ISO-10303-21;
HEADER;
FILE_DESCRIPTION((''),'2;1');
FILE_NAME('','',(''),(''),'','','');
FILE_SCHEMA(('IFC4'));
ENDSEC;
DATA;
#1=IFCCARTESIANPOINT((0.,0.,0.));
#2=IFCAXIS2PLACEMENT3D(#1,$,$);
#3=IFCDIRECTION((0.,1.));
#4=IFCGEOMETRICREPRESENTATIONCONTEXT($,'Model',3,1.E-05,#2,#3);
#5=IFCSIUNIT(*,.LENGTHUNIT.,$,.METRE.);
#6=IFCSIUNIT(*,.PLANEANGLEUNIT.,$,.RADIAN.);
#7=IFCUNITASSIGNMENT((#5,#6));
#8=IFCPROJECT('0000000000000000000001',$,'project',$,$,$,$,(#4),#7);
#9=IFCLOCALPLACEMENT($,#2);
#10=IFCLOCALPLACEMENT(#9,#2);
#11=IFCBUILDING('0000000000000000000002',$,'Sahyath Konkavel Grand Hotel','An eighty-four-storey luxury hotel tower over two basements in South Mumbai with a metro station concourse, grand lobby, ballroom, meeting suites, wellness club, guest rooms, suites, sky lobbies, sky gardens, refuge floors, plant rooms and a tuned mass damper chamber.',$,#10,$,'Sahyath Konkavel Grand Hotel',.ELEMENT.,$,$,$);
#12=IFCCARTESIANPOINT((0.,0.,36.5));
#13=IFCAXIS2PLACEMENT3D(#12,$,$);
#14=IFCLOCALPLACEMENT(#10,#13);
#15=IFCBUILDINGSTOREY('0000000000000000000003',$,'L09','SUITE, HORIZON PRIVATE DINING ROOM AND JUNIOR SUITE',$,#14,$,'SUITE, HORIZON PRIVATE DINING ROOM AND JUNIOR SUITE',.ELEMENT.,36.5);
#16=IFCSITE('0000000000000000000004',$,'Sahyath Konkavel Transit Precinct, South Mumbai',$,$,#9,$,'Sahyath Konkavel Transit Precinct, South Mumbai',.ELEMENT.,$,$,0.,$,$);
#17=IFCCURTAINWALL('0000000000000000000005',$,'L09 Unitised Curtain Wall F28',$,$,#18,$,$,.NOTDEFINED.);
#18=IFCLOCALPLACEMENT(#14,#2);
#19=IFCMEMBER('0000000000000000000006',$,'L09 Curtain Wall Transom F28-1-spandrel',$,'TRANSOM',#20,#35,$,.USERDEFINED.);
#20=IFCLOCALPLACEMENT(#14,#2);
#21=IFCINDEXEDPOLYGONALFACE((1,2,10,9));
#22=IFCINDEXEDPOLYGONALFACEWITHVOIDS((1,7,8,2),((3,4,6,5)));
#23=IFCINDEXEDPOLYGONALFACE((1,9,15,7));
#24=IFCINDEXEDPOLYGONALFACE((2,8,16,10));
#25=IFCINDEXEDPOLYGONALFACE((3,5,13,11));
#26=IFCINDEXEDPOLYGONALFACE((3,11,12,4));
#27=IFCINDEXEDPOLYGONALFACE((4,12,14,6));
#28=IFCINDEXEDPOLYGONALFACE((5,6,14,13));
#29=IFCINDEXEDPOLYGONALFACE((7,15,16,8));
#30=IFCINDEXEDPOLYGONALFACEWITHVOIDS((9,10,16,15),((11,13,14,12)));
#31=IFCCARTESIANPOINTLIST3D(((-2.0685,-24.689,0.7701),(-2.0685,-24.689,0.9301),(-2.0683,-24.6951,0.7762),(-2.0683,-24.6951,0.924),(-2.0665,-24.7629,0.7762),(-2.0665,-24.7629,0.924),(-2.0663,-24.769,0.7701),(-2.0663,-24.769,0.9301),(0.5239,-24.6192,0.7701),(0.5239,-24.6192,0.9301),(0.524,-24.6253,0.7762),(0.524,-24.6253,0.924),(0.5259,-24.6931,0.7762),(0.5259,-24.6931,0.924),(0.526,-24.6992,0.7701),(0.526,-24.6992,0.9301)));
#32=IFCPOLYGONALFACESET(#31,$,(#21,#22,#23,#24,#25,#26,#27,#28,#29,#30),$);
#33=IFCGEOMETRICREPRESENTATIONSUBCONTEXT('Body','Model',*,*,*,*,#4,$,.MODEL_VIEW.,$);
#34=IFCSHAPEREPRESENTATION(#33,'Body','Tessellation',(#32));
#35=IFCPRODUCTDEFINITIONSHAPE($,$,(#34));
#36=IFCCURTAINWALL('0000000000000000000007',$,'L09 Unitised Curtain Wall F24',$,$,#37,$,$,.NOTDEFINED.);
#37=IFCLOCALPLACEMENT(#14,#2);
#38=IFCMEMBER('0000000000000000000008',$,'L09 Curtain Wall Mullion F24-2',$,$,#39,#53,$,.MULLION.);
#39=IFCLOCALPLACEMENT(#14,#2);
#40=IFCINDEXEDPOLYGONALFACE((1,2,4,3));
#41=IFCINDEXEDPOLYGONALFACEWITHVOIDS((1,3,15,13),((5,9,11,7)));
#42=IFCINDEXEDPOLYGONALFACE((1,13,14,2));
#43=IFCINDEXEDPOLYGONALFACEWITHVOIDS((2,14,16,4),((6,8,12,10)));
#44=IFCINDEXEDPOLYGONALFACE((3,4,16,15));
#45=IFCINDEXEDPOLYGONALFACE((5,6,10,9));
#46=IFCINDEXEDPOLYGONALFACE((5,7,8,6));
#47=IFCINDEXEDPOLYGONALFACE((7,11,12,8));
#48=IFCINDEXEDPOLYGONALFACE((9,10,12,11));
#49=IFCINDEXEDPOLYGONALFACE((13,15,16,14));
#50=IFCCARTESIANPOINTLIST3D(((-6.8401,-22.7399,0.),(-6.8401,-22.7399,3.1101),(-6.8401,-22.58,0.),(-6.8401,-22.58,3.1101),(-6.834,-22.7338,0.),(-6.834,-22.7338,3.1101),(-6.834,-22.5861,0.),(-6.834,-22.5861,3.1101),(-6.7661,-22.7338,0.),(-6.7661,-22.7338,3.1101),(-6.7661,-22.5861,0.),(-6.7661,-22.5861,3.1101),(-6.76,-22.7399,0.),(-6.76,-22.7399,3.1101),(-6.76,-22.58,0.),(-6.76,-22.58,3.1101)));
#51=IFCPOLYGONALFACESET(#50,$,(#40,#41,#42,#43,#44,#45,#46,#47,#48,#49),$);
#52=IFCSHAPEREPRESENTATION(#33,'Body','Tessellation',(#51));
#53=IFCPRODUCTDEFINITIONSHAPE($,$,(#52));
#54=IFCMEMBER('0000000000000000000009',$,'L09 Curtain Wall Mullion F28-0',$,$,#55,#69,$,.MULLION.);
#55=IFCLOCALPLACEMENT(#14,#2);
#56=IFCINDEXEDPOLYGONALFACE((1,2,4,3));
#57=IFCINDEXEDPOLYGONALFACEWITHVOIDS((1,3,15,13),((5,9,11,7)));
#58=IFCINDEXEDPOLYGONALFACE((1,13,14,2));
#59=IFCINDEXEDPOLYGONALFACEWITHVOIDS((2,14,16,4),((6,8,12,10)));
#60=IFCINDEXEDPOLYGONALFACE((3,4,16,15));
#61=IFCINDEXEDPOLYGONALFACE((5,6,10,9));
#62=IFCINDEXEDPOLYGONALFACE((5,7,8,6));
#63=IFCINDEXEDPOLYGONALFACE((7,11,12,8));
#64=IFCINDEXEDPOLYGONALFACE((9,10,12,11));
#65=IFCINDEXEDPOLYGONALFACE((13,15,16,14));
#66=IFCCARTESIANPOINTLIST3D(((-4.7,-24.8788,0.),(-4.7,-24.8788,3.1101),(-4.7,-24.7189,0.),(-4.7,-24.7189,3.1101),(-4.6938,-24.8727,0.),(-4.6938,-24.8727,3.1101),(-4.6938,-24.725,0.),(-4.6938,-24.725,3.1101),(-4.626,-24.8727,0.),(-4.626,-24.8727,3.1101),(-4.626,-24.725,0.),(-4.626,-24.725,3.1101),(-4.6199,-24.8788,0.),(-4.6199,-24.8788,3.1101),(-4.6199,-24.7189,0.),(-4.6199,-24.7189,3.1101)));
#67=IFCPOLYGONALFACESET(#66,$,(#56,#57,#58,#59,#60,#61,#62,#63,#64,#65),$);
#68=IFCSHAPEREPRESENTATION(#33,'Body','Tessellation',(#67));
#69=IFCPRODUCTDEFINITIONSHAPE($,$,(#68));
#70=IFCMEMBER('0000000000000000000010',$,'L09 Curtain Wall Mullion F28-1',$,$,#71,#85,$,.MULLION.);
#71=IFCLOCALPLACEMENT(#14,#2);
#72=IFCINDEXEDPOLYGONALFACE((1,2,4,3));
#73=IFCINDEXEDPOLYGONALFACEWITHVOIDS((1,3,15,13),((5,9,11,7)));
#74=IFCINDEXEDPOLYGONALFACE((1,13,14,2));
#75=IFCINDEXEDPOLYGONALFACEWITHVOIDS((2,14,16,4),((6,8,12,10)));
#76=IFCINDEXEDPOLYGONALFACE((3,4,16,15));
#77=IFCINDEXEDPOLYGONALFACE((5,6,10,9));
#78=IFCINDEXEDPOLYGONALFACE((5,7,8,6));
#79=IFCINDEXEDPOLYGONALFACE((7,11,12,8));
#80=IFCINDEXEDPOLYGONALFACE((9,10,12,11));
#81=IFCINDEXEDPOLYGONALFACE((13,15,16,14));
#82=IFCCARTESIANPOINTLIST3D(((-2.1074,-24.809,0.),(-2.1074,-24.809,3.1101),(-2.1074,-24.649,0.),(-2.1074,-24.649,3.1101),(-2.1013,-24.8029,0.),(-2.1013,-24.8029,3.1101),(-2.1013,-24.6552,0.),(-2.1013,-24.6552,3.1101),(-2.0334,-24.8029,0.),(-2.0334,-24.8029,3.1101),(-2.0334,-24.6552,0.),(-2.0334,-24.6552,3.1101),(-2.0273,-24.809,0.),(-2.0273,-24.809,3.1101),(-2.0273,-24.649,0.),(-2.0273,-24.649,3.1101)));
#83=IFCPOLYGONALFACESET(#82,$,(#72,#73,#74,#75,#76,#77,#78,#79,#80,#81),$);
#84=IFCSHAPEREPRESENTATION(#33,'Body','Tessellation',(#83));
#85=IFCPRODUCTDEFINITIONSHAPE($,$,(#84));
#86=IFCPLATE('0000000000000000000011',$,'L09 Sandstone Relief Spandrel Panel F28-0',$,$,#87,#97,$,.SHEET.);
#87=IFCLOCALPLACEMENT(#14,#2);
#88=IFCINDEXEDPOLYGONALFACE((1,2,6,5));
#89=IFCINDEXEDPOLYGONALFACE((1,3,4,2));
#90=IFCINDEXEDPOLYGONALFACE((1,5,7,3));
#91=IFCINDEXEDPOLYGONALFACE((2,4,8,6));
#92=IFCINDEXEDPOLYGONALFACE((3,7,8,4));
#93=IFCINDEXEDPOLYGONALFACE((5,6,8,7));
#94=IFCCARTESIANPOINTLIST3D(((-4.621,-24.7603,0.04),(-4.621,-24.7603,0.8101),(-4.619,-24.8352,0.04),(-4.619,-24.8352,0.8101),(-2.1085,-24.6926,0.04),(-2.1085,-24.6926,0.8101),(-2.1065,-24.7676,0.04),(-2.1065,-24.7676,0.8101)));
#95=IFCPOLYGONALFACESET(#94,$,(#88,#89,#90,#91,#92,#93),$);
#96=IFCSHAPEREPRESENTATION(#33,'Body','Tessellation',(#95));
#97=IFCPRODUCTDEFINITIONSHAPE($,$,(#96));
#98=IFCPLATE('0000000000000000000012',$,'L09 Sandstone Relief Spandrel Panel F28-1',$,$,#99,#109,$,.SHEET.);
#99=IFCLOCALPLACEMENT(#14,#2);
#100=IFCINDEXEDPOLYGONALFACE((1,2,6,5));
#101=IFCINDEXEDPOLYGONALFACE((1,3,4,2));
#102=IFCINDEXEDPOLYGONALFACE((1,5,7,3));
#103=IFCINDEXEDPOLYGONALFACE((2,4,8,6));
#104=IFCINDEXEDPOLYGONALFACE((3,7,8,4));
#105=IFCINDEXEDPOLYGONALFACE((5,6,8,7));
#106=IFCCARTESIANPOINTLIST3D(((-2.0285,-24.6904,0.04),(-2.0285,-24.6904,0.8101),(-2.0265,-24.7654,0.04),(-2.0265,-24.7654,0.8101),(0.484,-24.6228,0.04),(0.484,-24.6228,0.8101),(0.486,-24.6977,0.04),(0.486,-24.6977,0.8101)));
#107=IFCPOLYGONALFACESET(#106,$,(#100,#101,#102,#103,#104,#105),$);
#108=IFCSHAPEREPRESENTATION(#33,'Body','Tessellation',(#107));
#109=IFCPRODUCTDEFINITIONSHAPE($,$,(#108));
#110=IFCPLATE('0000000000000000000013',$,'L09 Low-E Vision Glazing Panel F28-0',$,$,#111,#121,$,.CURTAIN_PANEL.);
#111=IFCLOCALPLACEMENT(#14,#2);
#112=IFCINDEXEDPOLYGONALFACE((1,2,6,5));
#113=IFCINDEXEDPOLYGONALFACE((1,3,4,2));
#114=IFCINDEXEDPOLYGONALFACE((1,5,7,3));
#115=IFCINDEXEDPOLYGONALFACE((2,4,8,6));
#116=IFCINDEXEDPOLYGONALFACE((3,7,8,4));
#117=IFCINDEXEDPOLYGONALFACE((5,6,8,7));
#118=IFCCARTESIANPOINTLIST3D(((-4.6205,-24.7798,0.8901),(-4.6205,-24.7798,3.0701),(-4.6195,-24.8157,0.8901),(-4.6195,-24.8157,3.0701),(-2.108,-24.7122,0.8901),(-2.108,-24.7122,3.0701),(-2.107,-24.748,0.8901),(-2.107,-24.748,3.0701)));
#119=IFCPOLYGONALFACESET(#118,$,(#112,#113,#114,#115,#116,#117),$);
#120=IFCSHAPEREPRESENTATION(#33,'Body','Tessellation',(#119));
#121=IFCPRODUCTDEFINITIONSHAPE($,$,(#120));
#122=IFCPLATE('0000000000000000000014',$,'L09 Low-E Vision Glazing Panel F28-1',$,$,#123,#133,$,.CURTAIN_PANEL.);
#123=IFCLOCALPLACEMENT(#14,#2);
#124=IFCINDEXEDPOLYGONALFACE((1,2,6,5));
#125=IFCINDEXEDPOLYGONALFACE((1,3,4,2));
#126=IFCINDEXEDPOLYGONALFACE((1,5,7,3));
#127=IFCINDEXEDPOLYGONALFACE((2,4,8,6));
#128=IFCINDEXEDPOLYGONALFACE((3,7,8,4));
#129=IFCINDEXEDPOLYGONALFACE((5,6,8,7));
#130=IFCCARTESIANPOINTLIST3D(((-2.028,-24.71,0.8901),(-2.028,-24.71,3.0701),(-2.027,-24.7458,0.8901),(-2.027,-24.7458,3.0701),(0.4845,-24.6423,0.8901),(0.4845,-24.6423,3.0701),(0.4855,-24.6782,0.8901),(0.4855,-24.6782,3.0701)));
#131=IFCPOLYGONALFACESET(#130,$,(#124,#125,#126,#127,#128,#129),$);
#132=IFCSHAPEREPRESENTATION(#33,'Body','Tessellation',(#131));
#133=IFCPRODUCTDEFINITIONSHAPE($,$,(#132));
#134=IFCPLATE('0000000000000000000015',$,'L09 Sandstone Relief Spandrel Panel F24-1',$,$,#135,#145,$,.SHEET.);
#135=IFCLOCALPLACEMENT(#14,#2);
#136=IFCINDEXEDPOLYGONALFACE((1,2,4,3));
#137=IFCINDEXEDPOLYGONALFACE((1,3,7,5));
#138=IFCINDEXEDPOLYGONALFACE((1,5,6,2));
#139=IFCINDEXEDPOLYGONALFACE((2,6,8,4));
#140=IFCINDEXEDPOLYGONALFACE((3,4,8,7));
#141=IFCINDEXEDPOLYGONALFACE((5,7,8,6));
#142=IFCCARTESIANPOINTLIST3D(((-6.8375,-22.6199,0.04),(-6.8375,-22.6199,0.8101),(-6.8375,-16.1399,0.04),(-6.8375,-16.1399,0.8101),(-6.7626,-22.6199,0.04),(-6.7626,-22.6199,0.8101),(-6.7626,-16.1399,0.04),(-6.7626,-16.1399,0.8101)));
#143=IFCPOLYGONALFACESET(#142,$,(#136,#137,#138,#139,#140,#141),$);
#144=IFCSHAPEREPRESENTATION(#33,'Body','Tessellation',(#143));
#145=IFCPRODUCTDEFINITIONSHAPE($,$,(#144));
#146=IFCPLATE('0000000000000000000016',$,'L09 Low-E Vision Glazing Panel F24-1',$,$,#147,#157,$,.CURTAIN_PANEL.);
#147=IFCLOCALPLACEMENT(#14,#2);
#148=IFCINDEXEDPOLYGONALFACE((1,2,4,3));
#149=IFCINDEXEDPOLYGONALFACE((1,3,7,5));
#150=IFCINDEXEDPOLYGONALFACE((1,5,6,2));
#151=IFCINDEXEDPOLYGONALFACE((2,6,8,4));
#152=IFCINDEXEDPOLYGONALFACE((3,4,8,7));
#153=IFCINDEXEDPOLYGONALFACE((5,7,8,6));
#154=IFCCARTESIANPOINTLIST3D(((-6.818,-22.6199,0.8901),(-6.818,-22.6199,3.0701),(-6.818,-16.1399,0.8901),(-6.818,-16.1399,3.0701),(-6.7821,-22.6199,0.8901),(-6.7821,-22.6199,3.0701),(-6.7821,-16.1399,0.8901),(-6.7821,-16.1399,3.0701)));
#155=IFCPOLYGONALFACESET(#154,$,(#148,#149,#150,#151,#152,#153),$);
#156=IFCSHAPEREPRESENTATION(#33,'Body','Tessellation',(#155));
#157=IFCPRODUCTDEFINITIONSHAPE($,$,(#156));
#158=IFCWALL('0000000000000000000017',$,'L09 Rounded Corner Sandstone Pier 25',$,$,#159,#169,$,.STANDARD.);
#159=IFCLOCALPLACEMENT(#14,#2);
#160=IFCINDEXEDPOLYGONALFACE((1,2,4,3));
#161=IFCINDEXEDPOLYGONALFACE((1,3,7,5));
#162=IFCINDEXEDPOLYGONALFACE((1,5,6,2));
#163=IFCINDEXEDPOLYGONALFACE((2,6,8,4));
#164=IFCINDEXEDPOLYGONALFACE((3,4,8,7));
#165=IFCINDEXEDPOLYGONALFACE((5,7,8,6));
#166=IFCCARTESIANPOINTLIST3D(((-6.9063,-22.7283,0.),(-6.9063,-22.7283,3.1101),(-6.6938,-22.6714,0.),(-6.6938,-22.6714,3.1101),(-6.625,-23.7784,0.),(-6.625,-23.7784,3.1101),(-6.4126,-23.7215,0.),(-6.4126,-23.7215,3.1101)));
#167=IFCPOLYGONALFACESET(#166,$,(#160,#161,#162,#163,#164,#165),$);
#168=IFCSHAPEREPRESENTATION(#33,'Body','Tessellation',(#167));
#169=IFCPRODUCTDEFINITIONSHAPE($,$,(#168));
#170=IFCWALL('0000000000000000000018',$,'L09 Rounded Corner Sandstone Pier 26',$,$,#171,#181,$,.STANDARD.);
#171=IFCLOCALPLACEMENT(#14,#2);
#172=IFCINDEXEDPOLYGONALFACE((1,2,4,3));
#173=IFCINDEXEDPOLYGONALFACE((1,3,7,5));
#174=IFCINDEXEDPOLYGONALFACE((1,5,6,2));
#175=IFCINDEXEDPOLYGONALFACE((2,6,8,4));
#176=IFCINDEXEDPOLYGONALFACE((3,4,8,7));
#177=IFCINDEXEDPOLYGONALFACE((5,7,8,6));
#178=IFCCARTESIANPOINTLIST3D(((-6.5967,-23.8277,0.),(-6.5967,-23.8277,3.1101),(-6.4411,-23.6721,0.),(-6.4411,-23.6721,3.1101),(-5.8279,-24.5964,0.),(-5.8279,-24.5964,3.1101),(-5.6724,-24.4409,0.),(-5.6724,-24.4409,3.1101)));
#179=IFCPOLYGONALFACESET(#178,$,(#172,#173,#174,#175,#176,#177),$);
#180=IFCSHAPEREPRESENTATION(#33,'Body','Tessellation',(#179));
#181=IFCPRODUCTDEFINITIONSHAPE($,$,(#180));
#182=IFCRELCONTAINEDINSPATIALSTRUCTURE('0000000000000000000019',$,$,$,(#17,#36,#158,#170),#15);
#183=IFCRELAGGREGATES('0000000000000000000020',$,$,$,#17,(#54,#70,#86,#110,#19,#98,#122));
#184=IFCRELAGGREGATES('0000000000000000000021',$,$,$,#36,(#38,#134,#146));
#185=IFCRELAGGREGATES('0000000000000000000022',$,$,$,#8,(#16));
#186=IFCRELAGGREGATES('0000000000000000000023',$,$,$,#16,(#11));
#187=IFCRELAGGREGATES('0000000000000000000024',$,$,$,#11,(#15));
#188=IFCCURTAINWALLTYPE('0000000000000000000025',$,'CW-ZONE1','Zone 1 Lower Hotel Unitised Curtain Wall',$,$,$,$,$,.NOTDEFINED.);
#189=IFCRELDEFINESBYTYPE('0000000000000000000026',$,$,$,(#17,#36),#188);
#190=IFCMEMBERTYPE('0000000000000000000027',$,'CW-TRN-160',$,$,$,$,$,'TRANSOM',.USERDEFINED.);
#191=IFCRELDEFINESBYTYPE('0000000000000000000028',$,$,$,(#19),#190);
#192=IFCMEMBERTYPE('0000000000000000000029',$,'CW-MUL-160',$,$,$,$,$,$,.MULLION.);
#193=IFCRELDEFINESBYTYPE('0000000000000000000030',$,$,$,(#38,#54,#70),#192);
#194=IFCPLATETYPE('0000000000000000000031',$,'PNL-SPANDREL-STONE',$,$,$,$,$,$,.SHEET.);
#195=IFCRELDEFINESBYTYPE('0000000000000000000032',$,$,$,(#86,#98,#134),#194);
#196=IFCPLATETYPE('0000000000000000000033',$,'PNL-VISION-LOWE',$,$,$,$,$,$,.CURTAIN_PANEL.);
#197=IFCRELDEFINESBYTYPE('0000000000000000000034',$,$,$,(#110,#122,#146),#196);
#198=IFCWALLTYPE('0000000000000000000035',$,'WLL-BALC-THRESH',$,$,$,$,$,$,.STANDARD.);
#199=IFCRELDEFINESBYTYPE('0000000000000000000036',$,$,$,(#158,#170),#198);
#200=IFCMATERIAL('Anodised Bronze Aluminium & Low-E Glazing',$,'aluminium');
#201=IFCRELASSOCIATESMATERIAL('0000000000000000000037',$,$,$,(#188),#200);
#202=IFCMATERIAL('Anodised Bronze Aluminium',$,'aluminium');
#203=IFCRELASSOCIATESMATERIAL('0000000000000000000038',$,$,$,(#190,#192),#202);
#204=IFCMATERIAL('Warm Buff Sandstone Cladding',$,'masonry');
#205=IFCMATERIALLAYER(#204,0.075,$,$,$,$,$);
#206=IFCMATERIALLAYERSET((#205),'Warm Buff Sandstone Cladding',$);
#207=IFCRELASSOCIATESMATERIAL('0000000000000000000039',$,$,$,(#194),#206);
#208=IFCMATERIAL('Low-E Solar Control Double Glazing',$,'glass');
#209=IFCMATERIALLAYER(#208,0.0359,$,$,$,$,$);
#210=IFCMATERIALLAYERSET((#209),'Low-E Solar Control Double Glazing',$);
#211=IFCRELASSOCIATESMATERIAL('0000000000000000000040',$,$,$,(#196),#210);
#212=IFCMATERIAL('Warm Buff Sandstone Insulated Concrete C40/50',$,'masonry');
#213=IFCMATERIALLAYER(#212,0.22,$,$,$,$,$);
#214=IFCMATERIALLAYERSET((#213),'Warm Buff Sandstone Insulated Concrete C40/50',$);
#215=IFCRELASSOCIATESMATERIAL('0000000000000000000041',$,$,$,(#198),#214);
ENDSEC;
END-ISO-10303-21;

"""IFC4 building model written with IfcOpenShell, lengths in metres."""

from ifc_helpers import new_model, si_unit, direction, frame, frame_2d, origin, origin_2d, place, context, subcontext, project, spatial, rectangle, hollow_rectangle, extrude, source, transform, mapped, material, layer, layer_set, material_profile, profile_set, type_object, element, aggregate, save


model = new_model("IFC4")

# Units and contexts
model_context = context("Model", 3, precision=1e-05, world=origin(), true_north=direction((0.0, 1.0)))
body_context = subcontext(model_context, "Body", "Model", "MODEL_VIEW")
ifc_project = project(units=[si_unit("LENGTHUNIT", "METRE"), si_unit("PLANEANGLEUNIT", "RADIAN")], contexts=[model_context])

# Site, building, storey
site_placement = place(None, origin())
site = spatial("IfcSite", under=ifc_project, at=site_placement, Name="Sahyath Konkavel Transit Precinct, South Mumbai", LongName="Sahyath Konkavel Transit Precinct, South Mumbai", CompositionType="ELEMENT", RefElevation=0.0)
building_placement = place(site_placement, origin())
building = spatial("IfcBuilding", under=site, at=building_placement, Name="Sahyath Konkavel Grand Hotel", Description="An eighty-four-storey luxury hotel tower over two basements in South Mumbai with a metro station concourse, grand lobby, ballroom, meeting suites, wellness club, guest rooms, suites, sky lobbies, sky gardens, refuge floors, plant rooms and a tuned mass damper chamber.", LongName="Sahyath Konkavel Grand Hotel", CompositionType="ELEMENT")
storey_placement = place(building_placement, frame((0.0, 0.0, 36.5)))
storey = spatial("IfcBuildingStorey", under=building, at=storey_placement, Name="L09", Description="SUITE, HORIZON PRIVATE DINING ROOM AND JUNIOR SUITE", LongName="SUITE, HORIZON PRIVATE DINING ROOM AND JUNIOR SUITE", CompositionType="ELEMENT", Elevation=36.5)

# Curtain wall, member
ifc_material_1 = material(Name="Anodised Bronze Aluminium & Low-E Glazing", Category="aluminium")
curtain_wall_type = type_object("IfcCurtainWallType", Name="CW-ZONE1", Description="Zone 1 Lower Hotel Unitised Curtain Wall", PredefinedType="NOTDEFINED", material=ifc_material_1)
curtain_wall_1_placement = place(storey_placement, origin())
curtain_wall_1 = element("IfcCurtainWall", 1, at=curtain_wall_1_placement, inside=storey, type_object=curtain_wall_type, Name="L09 Unitised Curtain Wall F28", PredefinedType="NOTDEFINED")
ifc_material_2 = material(Name="Anodised Bronze Aluminium", Category="aluminium")
ifc_material_profile_1 = material_profile(ifc_material_2, hollow_rectangle(XDim=0.0801, YDim=0.1599, WallThickness=0.0061, at=origin_2d()), Name="RHS 160x80x6")
ifc_profile_set_1 = profile_set([ifc_material_profile_1], Name="Anodised Bronze Aluminium")
member_type_1 = type_object("IfcMemberType", Name="CW-TRN-160", ElementType="TRANSOM", PredefinedType="USERDEFINED", material=ifc_profile_set_1)
shared_shape_1 = source(origin(), body_context, "Body", "SweptSolid", [
    extrude(hollow_rectangle(XDim=0.0801, YDim=0.1599, WallThickness=0.0061, at=origin_2d()), origin(), (0.0, 0.0, 1.0), 2.5933),
])
member_1_placement = place(storey_placement, frame((-2.0674, -24.729, 0.8501), z_axis=(0.999637, 0.026926, 0.0), x_axis=(-0.026926, 0.999637, 0.0)))
member_1 = element("IfcMember", 2, at=member_1_placement, type_object=member_type_1, Name="L09 Curtain Wall Transom F28-1-spandrel", ObjectType="TRANSOM", PredefinedType="USERDEFINED", context=body_context, shape_type="MappedRepresentation", body=[
    mapped(shared_shape_1, transform((0.0, 0.0, 0.0), scale=1.0)),
])

# Curtain wall, member
curtain_wall_2_placement = place(storey_placement, origin())
curtain_wall_2 = element("IfcCurtainWall", 3, at=curtain_wall_2_placement, inside=storey, type_object=curtain_wall_type, Name="L09 Unitised Curtain Wall F24", PredefinedType="NOTDEFINED")
ifc_material_profile_2 = material_profile(ifc_material_2, hollow_rectangle(XDim=0.0801, YDim=0.1599, WallThickness=0.0061, at=origin_2d()), Name="RHS 160x80x6")
ifc_profile_set_2 = profile_set([ifc_material_profile_2], Name="Anodised Bronze Aluminium")
member_type_2 = type_object("IfcMemberType", Name="CW-MUL-160", PredefinedType="MULLION", material=ifc_profile_set_2)
shared_shape_2 = source(origin(), body_context, "Body", "SweptSolid", [
    extrude(hollow_rectangle(XDim=0.0801, YDim=0.1599, WallThickness=0.0061, at=origin_2d()), origin(), (0.0, 0.0, 1.0), 3.1101),
])
member_2_placement = place(storey_placement, frame((-6.8, -22.6599, 0.0), z_axis=(0.0, 0.0, 1.0), x_axis=(1.0, 0.0, 0.0)))
member_2 = element("IfcMember", 4, at=member_2_placement, type_object=member_type_2, Name="L09 Curtain Wall Mullion F24-2", PredefinedType="MULLION", context=body_context, shape_type="MappedRepresentation", body=[
    mapped(shared_shape_2, transform((0.0, 0.0, 0.0), scale=1.0)),
])

# Members
member_3_placement = place(storey_placement, frame((-4.6599, -24.7988, 0.0), z_axis=(0.0, 0.0, 1.0), x_axis=(1.0, 0.0, 0.0)))
member_3 = element("IfcMember", 5, at=member_3_placement, type_object=member_type_2, Name="L09 Curtain Wall Mullion F28-0", PredefinedType="MULLION", context=body_context, shape_type="MappedRepresentation", body=[
    mapped(shared_shape_2, transform((0.0, 0.0, 0.0), scale=1.0)),
])
member_4_placement = place(storey_placement, frame((-2.0674, -24.729, 0.0), z_axis=(0.0, 0.0, 1.0), x_axis=(1.0, 0.0, 0.0)))
member_4 = element("IfcMember", 6, at=member_4_placement, type_object=member_type_2, Name="L09 Curtain Wall Mullion F28-1", PredefinedType="MULLION", context=body_context, shape_type="MappedRepresentation", body=[
    mapped(shared_shape_2, transform((0.0, 0.0, 0.0), scale=1.0)),
])

# Plates
ifc_material_3 = material(Name="Warm Buff Sandstone Cladding", Category="masonry")
ifc_layer_1 = layer(ifc_material_3, 0.075)
ifc_layer_set_1 = layer_set([ifc_layer_1], Name="Warm Buff Sandstone Cladding")
plate_type_1 = type_object("IfcPlateType", Name="PNL-SPANDREL-STONE", PredefinedType="SHEET", material=ifc_layer_set_1)
shared_shape_3 = source(origin(), body_context, "Body", "SweptSolid", [
    extrude(rectangle(XDim=2.5134, YDim=0.075, at=origin_2d()), origin(), (0.0, 0.0, 1.0), 0.77),
])
plate_1_placement = place(storey_placement, frame((-3.3638, -24.7639, 0.04), z_axis=(0.0, 0.0, 1.0), x_axis=(0.999638, 0.02691, 0.0)))
plate_1 = element("IfcPlate", 7, at=plate_1_placement, type_object=plate_type_1, Name="L09 Sandstone Relief Spandrel Panel F28-0", PredefinedType="SHEET", context=body_context, shape_type="MappedRepresentation", body=[
    mapped(shared_shape_3, transform((0.0, 0.0, 0.0), scale=1.0)),
])
plate_2_placement = place(storey_placement, frame((-0.7712, -24.6941, 0.04), z_axis=(0.0, 0.0, 1.0), x_axis=(0.999638, 0.02691, 0.0)))
plate_2 = element("IfcPlate", 8, at=plate_2_placement, type_object=plate_type_1, Name="L09 Sandstone Relief Spandrel Panel F28-1", PredefinedType="SHEET", context=body_context, shape_type="MappedRepresentation", body=[
    mapped(shared_shape_3, transform((0.0, 0.0, 0.0), scale=1.0)),
])
ifc_material_4 = material(Name="Low-E Solar Control Double Glazing", Category="glass")
ifc_layer_2 = layer(ifc_material_4, 0.0359)
ifc_layer_set_2 = layer_set([ifc_layer_2], Name="Low-E Solar Control Double Glazing")
plate_type_2 = type_object("IfcPlateType", Name="PNL-VISION-LOWE", PredefinedType="CURTAIN_PANEL", material=ifc_layer_set_2)
shared_shape_4 = source(origin(), body_context, "Body", "SweptSolid", [
    extrude(rectangle(XDim=2.5134, YDim=0.0359, at=origin_2d()), origin(), (0.0, 0.0, 1.0), 2.1799),
])
plate_3_placement = place(storey_placement, frame((-3.3638, -24.7639, 0.8901), z_axis=(0.0, 0.0, 1.0), x_axis=(0.999638, 0.02691, 0.0)))
plate_3 = element("IfcPlate", 9, at=plate_3_placement, type_object=plate_type_2, Name="L09 Low-E Vision Glazing Panel F28-0", PredefinedType="CURTAIN_PANEL", context=body_context, shape_type="MappedRepresentation", body=[
    mapped(shared_shape_4, transform((0.0, 0.0, 0.0), scale=1.0)),
])
plate_4_placement = place(storey_placement, frame((-0.7712, -24.6941, 0.8901), z_axis=(0.0, 0.0, 1.0), x_axis=(0.999638, 0.02691, 0.0)))
plate_4 = element("IfcPlate", 10, at=plate_4_placement, type_object=plate_type_2, Name="L09 Low-E Vision Glazing Panel F28-1", PredefinedType="CURTAIN_PANEL", context=body_context, shape_type="MappedRepresentation", body=[
    mapped(shared_shape_4, transform((0.0, 0.0, 0.0), scale=1.0)),
])
aggregate(curtain_wall_1, [member_3, member_4, plate_1, plate_3, member_1, plate_2, plate_4])
shared_shape_5 = source(origin(), body_context, "Body", "SweptSolid", [
    extrude(rectangle(XDim=6.48, YDim=0.075, at=origin_2d()), origin(), (0.0, 0.0, 1.0), 0.77),
])
plate_5_placement = place(storey_placement, frame((-6.8, -19.3799, 0.04), z_axis=(0.0, 0.0, 1.0), x_axis=(0.0, -1.0, 0.0)))
plate_5 = element("IfcPlate", 11, at=plate_5_placement, type_object=plate_type_1, Name="L09 Sandstone Relief Spandrel Panel F24-1", PredefinedType="SHEET", context=body_context, shape_type="MappedRepresentation", body=[
    mapped(shared_shape_5, transform((0.0, 0.0, 0.0), scale=1.0)),
])
shared_shape_6 = source(origin(), body_context, "Body", "SweptSolid", [
    extrude(rectangle(XDim=6.48, YDim=0.0359, at=origin_2d()), origin(), (0.0, 0.0, 1.0), 2.1799),
])
plate_6_placement = place(storey_placement, frame((-6.8, -19.3799, 0.8901), z_axis=(0.0, 0.0, 1.0), x_axis=(0.0, -1.0, 0.0)))
plate_6 = element("IfcPlate", 12, at=plate_6_placement, type_object=plate_type_2, Name="L09 Low-E Vision Glazing Panel F24-1", PredefinedType="CURTAIN_PANEL", context=body_context, shape_type="MappedRepresentation", body=[
    mapped(shared_shape_6, transform((0.0, 0.0, 0.0), scale=1.0)),
])
aggregate(curtain_wall_2, [member_2, plate_5, plate_6])

# Walls
ifc_material_5 = material(Name="Warm Buff Sandstone Insulated Concrete C40/50", Category="masonry")
ifc_layer_3 = layer(ifc_material_5, 0.22)
ifc_layer_set_3 = layer_set([ifc_layer_3], Name="Warm Buff Sandstone Insulated Concrete C40/50")
wall_type_1 = type_object("IfcWallType", Name="WLL-BALC-THRESH", PredefinedType="STANDARD", material=ifc_layer_set_3)
for number, where, z_axis, x_axis, name in (
    (13, (-6.8, -22.7, 0.0), (0.0, 0.0, 1.0), (0.258725, -0.965951, 0.0), "L09 Rounded Corner Sandstone Pier 25"),
    (14, (-6.5188, -23.75, 0.0), (0.0, 0.0, 1.0), (0.707107, -0.707107, 0.0), "L09 Rounded Corner Sandstone Pier 26"),
):
    element("IfcWall", number, at=place(storey_placement, frame(where, z_axis=z_axis, x_axis=x_axis)), inside=storey, type_object=wall_type_1, Name=name, PredefinedType="STANDARD", context=body_context, shape_type="SweptSolid", body=[
        extrude(rectangle(XDim=1.0872, YDim=0.22, at=frame_2d((0.5435, 0.0))), origin(), (0.0, 0.0, 1.0), 3.1101),
    ])

save(model, "model.ifc")
